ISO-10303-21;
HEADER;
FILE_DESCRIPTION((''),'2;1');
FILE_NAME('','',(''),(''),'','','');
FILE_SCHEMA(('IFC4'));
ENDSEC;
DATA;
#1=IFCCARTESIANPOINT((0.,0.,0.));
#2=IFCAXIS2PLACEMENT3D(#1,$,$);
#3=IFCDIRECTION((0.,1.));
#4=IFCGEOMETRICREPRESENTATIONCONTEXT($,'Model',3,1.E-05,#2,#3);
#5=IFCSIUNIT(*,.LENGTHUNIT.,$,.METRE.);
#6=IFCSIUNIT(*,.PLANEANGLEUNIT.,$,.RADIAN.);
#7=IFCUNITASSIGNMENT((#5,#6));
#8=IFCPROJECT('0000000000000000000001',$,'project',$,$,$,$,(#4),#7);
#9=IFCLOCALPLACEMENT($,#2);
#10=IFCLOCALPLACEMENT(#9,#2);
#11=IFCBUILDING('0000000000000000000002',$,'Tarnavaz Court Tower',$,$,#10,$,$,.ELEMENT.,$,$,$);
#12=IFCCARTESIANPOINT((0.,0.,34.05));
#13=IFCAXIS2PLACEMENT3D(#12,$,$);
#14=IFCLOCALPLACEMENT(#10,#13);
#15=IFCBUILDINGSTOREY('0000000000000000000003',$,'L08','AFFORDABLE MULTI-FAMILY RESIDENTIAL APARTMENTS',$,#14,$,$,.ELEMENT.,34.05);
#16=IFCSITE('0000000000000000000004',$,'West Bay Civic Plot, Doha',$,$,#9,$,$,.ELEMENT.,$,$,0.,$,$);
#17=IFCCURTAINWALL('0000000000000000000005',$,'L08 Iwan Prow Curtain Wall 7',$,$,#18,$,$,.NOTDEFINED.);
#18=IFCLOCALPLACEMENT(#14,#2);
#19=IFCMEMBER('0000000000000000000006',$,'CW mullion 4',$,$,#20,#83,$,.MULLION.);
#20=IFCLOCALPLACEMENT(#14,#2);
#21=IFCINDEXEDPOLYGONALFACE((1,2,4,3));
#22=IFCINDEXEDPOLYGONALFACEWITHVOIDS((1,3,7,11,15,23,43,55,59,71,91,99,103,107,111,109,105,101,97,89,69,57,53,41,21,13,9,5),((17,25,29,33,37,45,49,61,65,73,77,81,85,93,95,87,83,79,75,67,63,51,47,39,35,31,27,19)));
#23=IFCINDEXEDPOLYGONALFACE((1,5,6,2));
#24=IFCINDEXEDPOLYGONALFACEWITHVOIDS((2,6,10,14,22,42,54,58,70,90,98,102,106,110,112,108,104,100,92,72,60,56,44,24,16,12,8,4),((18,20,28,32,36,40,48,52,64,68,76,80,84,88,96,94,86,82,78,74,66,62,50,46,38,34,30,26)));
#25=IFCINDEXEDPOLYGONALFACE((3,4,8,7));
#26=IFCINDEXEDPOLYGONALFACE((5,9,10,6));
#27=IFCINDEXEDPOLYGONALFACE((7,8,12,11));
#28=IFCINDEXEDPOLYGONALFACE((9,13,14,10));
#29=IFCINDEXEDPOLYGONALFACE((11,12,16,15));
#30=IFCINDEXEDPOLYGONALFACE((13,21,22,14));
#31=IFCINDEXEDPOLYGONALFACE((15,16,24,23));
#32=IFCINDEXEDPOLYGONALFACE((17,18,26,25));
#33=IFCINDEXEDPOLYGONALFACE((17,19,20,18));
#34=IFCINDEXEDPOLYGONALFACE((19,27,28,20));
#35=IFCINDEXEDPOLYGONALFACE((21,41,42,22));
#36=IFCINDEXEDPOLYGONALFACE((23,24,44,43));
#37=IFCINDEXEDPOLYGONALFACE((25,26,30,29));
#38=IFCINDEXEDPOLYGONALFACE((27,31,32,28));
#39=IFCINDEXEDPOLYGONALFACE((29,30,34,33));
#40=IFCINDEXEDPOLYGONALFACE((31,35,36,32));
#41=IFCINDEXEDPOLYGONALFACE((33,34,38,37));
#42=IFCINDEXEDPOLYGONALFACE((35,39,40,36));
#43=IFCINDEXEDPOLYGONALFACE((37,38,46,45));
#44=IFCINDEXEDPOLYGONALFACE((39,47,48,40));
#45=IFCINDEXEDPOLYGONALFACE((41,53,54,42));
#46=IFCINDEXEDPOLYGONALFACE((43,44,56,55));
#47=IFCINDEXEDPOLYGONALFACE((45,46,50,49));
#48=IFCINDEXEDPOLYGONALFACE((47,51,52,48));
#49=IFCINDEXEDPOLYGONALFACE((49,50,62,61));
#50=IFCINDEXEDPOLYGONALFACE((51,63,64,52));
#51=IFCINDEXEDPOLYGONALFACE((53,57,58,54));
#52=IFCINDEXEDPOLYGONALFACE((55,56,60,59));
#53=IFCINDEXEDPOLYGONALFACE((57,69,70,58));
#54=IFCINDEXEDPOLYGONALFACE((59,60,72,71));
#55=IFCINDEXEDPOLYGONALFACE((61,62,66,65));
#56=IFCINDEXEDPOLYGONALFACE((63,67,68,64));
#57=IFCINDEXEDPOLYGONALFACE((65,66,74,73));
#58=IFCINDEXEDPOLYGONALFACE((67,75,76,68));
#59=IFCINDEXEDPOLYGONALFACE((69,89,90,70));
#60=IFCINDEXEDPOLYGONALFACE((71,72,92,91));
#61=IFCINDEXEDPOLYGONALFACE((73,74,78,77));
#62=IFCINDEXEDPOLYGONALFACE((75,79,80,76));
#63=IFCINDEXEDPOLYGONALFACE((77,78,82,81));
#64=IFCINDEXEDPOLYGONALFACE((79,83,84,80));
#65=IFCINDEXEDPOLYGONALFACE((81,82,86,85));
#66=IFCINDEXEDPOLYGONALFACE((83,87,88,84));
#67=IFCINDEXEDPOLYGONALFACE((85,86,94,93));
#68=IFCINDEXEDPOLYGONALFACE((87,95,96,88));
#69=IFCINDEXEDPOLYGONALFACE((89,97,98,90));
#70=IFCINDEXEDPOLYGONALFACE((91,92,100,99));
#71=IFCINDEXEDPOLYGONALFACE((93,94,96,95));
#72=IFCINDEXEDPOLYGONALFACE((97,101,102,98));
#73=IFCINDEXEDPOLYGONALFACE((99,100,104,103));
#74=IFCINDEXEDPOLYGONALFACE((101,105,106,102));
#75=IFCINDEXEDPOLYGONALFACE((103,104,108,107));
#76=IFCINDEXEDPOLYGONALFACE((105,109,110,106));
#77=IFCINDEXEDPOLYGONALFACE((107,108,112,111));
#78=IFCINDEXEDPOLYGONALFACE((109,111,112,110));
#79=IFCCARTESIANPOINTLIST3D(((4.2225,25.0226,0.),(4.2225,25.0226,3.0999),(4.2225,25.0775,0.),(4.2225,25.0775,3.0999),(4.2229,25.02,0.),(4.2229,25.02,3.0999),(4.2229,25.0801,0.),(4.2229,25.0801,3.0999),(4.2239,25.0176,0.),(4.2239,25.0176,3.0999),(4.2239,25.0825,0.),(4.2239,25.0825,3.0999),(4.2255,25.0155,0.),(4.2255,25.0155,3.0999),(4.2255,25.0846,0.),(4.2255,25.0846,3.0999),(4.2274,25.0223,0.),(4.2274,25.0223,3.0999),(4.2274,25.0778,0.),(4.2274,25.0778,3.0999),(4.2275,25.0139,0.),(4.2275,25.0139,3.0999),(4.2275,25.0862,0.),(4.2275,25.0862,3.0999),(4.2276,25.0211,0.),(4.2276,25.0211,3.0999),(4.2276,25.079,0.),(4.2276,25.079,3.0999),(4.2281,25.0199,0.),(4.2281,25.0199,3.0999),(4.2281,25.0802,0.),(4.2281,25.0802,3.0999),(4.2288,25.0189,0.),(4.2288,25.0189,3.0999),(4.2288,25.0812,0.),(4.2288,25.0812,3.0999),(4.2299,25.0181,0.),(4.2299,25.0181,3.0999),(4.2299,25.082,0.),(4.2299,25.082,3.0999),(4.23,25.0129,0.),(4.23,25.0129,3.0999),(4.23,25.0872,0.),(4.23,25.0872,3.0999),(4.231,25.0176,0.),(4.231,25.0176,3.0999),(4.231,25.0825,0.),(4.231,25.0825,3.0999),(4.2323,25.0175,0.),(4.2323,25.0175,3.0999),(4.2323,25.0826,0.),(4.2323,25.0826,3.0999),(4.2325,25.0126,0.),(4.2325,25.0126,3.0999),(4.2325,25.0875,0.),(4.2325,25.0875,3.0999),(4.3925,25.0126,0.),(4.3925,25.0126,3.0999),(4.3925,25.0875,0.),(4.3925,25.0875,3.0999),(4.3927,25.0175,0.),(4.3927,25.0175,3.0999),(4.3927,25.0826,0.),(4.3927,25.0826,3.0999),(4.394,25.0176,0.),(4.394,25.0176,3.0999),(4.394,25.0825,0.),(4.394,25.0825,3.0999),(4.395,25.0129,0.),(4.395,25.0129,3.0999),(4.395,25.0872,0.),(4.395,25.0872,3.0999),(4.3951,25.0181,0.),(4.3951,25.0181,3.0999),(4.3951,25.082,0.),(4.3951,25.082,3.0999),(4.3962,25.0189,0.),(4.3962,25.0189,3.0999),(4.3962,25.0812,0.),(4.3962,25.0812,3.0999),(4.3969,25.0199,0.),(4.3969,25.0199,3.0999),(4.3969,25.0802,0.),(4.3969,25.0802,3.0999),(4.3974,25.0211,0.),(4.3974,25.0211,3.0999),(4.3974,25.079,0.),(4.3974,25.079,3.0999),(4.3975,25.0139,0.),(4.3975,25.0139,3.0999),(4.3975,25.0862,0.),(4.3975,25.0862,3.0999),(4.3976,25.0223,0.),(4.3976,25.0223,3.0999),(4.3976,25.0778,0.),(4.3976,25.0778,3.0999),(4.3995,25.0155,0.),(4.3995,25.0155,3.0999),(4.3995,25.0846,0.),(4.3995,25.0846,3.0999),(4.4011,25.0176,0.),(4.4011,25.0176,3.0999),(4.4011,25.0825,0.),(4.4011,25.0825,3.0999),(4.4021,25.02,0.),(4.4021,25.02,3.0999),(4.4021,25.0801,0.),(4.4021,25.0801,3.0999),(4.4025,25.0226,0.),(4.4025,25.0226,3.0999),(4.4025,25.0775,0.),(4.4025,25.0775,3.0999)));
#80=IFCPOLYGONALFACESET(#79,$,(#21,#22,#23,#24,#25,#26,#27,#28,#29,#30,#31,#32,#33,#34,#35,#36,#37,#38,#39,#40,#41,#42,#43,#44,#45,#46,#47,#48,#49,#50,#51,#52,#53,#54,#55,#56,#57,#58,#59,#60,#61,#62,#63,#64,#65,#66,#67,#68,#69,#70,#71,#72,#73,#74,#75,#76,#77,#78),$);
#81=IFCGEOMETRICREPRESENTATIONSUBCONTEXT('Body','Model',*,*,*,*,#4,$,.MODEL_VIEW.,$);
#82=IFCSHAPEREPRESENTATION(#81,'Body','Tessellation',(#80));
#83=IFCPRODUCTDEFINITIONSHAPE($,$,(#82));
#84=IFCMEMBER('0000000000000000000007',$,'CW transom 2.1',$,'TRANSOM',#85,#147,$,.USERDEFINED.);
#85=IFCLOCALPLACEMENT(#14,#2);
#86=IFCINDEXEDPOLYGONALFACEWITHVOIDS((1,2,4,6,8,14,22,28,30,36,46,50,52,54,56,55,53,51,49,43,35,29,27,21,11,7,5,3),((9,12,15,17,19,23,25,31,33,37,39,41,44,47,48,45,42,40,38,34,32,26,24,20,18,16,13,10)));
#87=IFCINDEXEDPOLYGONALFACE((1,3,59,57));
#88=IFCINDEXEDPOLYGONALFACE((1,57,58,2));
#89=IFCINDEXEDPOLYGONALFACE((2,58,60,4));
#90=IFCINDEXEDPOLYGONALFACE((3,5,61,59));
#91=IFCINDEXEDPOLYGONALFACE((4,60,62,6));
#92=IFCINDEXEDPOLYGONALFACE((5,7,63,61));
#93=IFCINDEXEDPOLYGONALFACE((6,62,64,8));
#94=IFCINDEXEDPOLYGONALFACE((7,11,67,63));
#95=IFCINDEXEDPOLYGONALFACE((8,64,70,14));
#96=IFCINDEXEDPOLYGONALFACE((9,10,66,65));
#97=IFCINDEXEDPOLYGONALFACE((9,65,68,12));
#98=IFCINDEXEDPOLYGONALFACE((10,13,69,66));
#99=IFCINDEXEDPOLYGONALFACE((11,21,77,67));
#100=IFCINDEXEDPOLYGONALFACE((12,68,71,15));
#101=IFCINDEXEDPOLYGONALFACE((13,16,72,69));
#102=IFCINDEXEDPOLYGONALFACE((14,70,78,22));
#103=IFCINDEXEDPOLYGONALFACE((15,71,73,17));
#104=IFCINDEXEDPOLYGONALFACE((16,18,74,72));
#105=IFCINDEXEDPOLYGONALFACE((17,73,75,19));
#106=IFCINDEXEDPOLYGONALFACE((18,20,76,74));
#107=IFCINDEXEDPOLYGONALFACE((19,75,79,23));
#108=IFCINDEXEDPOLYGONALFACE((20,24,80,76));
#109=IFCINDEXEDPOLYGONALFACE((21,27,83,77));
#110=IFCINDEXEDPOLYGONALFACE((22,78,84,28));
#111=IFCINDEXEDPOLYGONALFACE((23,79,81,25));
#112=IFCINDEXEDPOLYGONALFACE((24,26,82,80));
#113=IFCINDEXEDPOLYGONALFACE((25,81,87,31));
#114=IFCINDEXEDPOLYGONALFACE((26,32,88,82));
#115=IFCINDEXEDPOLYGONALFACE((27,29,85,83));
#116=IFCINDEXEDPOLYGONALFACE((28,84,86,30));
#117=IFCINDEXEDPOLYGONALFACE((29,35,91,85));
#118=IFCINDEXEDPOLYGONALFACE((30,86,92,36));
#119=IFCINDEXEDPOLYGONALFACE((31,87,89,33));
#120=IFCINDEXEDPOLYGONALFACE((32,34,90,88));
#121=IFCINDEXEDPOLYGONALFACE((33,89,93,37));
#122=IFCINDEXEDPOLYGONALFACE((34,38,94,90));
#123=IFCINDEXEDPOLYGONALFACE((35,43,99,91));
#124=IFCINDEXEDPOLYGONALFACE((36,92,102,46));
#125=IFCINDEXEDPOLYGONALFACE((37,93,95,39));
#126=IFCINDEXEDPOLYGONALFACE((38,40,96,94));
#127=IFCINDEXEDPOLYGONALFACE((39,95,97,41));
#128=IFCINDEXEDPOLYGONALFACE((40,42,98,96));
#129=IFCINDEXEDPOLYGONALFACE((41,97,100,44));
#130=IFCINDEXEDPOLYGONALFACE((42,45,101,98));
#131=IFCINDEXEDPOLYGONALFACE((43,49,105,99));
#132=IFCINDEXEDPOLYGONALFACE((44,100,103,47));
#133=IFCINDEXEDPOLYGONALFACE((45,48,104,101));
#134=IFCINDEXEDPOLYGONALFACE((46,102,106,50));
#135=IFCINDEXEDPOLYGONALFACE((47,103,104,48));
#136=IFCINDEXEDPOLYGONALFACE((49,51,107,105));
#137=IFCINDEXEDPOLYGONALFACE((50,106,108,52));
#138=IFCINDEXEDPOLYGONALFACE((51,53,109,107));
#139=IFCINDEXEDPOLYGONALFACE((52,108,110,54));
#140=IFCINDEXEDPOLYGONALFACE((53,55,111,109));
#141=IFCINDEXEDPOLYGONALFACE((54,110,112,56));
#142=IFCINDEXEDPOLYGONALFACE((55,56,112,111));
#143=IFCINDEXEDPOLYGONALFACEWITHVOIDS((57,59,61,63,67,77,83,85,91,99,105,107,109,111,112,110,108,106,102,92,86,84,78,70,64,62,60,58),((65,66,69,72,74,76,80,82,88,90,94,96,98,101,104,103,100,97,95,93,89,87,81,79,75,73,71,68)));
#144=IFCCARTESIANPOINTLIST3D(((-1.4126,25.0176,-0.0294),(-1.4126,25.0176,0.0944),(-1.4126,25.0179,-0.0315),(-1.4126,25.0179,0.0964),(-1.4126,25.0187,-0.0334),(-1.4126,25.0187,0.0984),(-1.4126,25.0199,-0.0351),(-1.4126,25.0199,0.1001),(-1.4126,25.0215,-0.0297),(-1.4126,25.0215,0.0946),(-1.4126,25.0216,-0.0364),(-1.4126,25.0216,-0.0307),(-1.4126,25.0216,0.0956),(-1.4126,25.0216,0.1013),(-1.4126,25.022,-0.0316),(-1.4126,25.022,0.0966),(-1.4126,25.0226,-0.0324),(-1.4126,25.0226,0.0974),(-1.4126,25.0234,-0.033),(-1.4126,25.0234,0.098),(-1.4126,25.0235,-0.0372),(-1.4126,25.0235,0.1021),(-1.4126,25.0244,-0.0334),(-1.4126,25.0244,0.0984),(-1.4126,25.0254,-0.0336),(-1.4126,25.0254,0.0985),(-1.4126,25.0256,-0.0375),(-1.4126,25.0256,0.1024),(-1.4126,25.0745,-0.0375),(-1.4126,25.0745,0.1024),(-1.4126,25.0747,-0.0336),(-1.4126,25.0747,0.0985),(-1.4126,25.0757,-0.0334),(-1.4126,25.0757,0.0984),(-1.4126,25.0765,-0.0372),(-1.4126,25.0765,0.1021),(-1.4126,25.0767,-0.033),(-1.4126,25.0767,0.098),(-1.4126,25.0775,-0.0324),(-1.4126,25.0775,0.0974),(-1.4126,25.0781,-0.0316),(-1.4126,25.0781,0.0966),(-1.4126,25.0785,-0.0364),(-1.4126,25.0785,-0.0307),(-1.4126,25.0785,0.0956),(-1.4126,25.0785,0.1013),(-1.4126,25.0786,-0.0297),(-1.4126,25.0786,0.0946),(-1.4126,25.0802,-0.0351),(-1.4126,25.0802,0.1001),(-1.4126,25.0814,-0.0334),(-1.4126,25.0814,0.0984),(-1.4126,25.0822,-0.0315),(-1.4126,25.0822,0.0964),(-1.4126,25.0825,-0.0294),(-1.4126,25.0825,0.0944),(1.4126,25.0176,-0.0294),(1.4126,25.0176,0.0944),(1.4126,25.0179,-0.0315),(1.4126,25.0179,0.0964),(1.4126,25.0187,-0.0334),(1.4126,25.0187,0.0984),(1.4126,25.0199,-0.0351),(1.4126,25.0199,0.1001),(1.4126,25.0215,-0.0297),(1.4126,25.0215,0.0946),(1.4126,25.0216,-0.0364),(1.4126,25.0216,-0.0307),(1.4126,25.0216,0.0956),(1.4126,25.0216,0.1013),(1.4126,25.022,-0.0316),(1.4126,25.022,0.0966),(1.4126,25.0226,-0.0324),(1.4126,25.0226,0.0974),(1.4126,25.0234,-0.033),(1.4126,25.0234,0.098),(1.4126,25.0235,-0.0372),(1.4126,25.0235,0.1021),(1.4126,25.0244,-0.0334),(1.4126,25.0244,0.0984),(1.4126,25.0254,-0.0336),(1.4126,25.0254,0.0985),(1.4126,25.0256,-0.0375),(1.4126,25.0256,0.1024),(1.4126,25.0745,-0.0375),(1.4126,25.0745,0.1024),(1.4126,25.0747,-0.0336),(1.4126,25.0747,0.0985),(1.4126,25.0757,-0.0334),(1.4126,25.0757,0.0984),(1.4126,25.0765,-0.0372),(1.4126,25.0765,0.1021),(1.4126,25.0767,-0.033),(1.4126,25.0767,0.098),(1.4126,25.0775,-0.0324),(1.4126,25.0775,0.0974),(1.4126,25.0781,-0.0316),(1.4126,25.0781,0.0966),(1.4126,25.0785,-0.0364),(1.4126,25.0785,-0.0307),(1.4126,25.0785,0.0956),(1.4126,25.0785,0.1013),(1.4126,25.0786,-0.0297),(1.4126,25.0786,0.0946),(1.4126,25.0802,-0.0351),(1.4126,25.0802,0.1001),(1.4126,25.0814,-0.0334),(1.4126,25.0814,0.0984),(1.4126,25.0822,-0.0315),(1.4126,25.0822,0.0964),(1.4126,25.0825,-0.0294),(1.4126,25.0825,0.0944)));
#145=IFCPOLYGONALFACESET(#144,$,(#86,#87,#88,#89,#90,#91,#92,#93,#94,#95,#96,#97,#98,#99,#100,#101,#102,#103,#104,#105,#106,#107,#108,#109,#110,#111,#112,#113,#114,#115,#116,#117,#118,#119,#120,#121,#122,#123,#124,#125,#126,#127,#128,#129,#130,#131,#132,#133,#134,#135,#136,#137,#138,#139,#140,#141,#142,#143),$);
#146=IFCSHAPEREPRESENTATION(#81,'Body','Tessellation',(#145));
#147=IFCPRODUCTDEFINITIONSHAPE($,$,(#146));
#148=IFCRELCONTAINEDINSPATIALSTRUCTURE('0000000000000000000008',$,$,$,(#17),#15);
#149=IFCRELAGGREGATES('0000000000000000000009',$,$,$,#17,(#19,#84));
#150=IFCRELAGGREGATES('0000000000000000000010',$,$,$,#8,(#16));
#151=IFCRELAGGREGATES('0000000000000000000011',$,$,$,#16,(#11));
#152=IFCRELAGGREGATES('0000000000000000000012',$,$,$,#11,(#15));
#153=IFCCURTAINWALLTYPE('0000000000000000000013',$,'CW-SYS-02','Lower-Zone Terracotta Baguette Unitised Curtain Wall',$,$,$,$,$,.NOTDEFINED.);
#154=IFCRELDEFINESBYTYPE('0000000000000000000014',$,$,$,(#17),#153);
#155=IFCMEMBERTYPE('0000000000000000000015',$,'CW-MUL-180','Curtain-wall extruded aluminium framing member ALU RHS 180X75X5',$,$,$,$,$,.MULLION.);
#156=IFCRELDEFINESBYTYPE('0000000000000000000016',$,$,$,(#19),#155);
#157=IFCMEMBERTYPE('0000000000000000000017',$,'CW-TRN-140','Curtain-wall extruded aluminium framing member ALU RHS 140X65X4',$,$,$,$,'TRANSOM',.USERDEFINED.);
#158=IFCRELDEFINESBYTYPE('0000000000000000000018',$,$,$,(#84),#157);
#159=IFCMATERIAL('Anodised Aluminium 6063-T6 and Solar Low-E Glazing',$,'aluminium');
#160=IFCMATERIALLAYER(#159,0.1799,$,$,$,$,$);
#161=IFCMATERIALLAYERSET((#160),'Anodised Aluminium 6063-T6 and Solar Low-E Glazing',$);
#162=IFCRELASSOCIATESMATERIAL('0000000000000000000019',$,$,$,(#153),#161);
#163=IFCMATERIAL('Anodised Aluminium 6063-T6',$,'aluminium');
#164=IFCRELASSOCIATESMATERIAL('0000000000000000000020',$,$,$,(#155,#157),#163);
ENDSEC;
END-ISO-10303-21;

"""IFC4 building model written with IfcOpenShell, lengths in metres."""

from ifc_helpers import new_model, si_unit, direction, frame, origin, origin_2d, place, context, subcontext, project, spatial, hollow_rectangle, extrude, material, layer, layer_set, material_profile, profile_set, type_object, element, aggregate, save


model = new_model("IFC4")

# Units and contexts
model_context = context("Model", 3, precision=1e-05, world=origin(), true_north=direction((0.0, 1.0)))
body_context = subcontext(model_context, "Body", "Model", "MODEL_VIEW")
ifc_project = project(units=[si_unit("LENGTHUNIT", "METRE"), si_unit("PLANEANGLEUNIT", "RADIAN")], contexts=[model_context])

# Site, building, storey
site_placement = place(None, origin())
site = spatial("IfcSite", under=ifc_project, at=site_placement, Name="West Bay Civic Plot, Doha", CompositionType="ELEMENT", RefElevation=0.0)
building_placement = place(site_placement, origin())
building = spatial("IfcBuilding", under=site, at=building_placement, Name="Tarnavaz Court Tower", CompositionType="ELEMENT")
storey_placement = place(building_placement, frame((0.0, 0.0, 34.05)))
storey = spatial("IfcBuildingStorey", under=building, at=storey_placement, Name="L08", Description="AFFORDABLE MULTI-FAMILY RESIDENTIAL APARTMENTS", CompositionType="ELEMENT", Elevation=34.05)

# Curtain wall, members
ifc_material_1 = material(Name="Anodised Aluminium 6063-T6 and Solar Low-E Glazing", Category="aluminium")
ifc_layer_1 = layer(ifc_material_1, 0.1799)
ifc_layer_set_1 = layer_set([ifc_layer_1], Name="Anodised Aluminium 6063-T6 and Solar Low-E Glazing")
curtain_wall_type = type_object("IfcCurtainWallType", Name="CW-SYS-02", Description="Lower-Zone Terracotta Baguette Unitised Curtain Wall", PredefinedType="NOTDEFINED", material=ifc_layer_set_1)
curtain_wall_placement = place(storey_placement, origin())
curtain_wall = element("IfcCurtainWall", 1, at=curtain_wall_placement, inside=storey, type_object=curtain_wall_type, Name="L08 Iwan Prow Curtain Wall 7", PredefinedType="NOTDEFINED")
ifc_material_2 = material(Name="Anodised Aluminium 6063-T6", Category="aluminium")
ifc_material_profile_1 = material_profile(ifc_material_2, hollow_rectangle(XDim=0.075, YDim=0.1799, WallThickness=0.0049, InnerFilletRadius=0.0049, OuterFilletRadius=0.01, at=origin_2d()), Name="ALU RHS 180X75X5")
ifc_profile_set_1 = profile_set([ifc_material_profile_1], Name="Anodised Aluminium 6063-T6")
member_type_1 = type_object("IfcMemberType", Name="CW-MUL-180", Description="Curtain-wall extruded aluminium framing member ALU RHS 180X75X5", PredefinedType="MULLION", material=ifc_profile_set_1)
member_1_placement = place(storey_placement, frame((4.3125, 25.05, 0.0), z_axis=(0.0, 0.0, 1.0), x_axis=(0.0, 1.0, 0.0)))
member_1 = element("IfcMember", 2, at=member_1_placement, type_object=member_type_1, Name="CW mullion 4", PredefinedType="MULLION", context=body_context, shape_type="SweptSolid", body=[
    extrude(hollow_rectangle(XDim=0.075, YDim=0.1799, WallThickness=0.0049, InnerFilletRadius=0.0049, OuterFilletRadius=0.01, at=origin_2d()), origin(), (0.0, 0.0, 1.0), 3.0999),
])
ifc_material_profile_2 = material_profile(ifc_material_2, hollow_rectangle(XDim=0.0649, YDim=0.1399, WallThickness=0.0039, InnerFilletRadius=0.0039, OuterFilletRadius=0.0081, at=origin_2d()), Name="ALU RHS 140X65X4")
ifc_profile_set_2 = profile_set([ifc_material_profile_2], Name="Anodised Aluminium 6063-T6")
member_type_2 = type_object("IfcMemberType", Name="CW-TRN-140", Description="Curtain-wall extruded aluminium framing member ALU RHS 140X65X4", ElementType="TRANSOM", PredefinedType="USERDEFINED", material=ifc_profile_set_2)
member_2_placement = place(storey_placement, frame((-1.4126, 25.05, 0.0325), z_axis=(1.0, 0.0, 0.0), x_axis=(0.0, 1.0, 0.0)))
member_2 = element("IfcMember", 3, at=member_2_placement, type_object=member_type_2, Name="CW transom 2.1", ObjectType="TRANSOM", PredefinedType="USERDEFINED", context=body_context, shape_type="SweptSolid", body=[
    extrude(hollow_rectangle(XDim=0.0649, YDim=0.1399, WallThickness=0.0039, InnerFilletRadius=0.0039, OuterFilletRadius=0.0081, at=origin_2d()), origin(), (0.0, 0.0, 1.0), 2.8252),
])
aggregate(curtain_wall, [member_1, member_2])

save(model, "model.ifc")
